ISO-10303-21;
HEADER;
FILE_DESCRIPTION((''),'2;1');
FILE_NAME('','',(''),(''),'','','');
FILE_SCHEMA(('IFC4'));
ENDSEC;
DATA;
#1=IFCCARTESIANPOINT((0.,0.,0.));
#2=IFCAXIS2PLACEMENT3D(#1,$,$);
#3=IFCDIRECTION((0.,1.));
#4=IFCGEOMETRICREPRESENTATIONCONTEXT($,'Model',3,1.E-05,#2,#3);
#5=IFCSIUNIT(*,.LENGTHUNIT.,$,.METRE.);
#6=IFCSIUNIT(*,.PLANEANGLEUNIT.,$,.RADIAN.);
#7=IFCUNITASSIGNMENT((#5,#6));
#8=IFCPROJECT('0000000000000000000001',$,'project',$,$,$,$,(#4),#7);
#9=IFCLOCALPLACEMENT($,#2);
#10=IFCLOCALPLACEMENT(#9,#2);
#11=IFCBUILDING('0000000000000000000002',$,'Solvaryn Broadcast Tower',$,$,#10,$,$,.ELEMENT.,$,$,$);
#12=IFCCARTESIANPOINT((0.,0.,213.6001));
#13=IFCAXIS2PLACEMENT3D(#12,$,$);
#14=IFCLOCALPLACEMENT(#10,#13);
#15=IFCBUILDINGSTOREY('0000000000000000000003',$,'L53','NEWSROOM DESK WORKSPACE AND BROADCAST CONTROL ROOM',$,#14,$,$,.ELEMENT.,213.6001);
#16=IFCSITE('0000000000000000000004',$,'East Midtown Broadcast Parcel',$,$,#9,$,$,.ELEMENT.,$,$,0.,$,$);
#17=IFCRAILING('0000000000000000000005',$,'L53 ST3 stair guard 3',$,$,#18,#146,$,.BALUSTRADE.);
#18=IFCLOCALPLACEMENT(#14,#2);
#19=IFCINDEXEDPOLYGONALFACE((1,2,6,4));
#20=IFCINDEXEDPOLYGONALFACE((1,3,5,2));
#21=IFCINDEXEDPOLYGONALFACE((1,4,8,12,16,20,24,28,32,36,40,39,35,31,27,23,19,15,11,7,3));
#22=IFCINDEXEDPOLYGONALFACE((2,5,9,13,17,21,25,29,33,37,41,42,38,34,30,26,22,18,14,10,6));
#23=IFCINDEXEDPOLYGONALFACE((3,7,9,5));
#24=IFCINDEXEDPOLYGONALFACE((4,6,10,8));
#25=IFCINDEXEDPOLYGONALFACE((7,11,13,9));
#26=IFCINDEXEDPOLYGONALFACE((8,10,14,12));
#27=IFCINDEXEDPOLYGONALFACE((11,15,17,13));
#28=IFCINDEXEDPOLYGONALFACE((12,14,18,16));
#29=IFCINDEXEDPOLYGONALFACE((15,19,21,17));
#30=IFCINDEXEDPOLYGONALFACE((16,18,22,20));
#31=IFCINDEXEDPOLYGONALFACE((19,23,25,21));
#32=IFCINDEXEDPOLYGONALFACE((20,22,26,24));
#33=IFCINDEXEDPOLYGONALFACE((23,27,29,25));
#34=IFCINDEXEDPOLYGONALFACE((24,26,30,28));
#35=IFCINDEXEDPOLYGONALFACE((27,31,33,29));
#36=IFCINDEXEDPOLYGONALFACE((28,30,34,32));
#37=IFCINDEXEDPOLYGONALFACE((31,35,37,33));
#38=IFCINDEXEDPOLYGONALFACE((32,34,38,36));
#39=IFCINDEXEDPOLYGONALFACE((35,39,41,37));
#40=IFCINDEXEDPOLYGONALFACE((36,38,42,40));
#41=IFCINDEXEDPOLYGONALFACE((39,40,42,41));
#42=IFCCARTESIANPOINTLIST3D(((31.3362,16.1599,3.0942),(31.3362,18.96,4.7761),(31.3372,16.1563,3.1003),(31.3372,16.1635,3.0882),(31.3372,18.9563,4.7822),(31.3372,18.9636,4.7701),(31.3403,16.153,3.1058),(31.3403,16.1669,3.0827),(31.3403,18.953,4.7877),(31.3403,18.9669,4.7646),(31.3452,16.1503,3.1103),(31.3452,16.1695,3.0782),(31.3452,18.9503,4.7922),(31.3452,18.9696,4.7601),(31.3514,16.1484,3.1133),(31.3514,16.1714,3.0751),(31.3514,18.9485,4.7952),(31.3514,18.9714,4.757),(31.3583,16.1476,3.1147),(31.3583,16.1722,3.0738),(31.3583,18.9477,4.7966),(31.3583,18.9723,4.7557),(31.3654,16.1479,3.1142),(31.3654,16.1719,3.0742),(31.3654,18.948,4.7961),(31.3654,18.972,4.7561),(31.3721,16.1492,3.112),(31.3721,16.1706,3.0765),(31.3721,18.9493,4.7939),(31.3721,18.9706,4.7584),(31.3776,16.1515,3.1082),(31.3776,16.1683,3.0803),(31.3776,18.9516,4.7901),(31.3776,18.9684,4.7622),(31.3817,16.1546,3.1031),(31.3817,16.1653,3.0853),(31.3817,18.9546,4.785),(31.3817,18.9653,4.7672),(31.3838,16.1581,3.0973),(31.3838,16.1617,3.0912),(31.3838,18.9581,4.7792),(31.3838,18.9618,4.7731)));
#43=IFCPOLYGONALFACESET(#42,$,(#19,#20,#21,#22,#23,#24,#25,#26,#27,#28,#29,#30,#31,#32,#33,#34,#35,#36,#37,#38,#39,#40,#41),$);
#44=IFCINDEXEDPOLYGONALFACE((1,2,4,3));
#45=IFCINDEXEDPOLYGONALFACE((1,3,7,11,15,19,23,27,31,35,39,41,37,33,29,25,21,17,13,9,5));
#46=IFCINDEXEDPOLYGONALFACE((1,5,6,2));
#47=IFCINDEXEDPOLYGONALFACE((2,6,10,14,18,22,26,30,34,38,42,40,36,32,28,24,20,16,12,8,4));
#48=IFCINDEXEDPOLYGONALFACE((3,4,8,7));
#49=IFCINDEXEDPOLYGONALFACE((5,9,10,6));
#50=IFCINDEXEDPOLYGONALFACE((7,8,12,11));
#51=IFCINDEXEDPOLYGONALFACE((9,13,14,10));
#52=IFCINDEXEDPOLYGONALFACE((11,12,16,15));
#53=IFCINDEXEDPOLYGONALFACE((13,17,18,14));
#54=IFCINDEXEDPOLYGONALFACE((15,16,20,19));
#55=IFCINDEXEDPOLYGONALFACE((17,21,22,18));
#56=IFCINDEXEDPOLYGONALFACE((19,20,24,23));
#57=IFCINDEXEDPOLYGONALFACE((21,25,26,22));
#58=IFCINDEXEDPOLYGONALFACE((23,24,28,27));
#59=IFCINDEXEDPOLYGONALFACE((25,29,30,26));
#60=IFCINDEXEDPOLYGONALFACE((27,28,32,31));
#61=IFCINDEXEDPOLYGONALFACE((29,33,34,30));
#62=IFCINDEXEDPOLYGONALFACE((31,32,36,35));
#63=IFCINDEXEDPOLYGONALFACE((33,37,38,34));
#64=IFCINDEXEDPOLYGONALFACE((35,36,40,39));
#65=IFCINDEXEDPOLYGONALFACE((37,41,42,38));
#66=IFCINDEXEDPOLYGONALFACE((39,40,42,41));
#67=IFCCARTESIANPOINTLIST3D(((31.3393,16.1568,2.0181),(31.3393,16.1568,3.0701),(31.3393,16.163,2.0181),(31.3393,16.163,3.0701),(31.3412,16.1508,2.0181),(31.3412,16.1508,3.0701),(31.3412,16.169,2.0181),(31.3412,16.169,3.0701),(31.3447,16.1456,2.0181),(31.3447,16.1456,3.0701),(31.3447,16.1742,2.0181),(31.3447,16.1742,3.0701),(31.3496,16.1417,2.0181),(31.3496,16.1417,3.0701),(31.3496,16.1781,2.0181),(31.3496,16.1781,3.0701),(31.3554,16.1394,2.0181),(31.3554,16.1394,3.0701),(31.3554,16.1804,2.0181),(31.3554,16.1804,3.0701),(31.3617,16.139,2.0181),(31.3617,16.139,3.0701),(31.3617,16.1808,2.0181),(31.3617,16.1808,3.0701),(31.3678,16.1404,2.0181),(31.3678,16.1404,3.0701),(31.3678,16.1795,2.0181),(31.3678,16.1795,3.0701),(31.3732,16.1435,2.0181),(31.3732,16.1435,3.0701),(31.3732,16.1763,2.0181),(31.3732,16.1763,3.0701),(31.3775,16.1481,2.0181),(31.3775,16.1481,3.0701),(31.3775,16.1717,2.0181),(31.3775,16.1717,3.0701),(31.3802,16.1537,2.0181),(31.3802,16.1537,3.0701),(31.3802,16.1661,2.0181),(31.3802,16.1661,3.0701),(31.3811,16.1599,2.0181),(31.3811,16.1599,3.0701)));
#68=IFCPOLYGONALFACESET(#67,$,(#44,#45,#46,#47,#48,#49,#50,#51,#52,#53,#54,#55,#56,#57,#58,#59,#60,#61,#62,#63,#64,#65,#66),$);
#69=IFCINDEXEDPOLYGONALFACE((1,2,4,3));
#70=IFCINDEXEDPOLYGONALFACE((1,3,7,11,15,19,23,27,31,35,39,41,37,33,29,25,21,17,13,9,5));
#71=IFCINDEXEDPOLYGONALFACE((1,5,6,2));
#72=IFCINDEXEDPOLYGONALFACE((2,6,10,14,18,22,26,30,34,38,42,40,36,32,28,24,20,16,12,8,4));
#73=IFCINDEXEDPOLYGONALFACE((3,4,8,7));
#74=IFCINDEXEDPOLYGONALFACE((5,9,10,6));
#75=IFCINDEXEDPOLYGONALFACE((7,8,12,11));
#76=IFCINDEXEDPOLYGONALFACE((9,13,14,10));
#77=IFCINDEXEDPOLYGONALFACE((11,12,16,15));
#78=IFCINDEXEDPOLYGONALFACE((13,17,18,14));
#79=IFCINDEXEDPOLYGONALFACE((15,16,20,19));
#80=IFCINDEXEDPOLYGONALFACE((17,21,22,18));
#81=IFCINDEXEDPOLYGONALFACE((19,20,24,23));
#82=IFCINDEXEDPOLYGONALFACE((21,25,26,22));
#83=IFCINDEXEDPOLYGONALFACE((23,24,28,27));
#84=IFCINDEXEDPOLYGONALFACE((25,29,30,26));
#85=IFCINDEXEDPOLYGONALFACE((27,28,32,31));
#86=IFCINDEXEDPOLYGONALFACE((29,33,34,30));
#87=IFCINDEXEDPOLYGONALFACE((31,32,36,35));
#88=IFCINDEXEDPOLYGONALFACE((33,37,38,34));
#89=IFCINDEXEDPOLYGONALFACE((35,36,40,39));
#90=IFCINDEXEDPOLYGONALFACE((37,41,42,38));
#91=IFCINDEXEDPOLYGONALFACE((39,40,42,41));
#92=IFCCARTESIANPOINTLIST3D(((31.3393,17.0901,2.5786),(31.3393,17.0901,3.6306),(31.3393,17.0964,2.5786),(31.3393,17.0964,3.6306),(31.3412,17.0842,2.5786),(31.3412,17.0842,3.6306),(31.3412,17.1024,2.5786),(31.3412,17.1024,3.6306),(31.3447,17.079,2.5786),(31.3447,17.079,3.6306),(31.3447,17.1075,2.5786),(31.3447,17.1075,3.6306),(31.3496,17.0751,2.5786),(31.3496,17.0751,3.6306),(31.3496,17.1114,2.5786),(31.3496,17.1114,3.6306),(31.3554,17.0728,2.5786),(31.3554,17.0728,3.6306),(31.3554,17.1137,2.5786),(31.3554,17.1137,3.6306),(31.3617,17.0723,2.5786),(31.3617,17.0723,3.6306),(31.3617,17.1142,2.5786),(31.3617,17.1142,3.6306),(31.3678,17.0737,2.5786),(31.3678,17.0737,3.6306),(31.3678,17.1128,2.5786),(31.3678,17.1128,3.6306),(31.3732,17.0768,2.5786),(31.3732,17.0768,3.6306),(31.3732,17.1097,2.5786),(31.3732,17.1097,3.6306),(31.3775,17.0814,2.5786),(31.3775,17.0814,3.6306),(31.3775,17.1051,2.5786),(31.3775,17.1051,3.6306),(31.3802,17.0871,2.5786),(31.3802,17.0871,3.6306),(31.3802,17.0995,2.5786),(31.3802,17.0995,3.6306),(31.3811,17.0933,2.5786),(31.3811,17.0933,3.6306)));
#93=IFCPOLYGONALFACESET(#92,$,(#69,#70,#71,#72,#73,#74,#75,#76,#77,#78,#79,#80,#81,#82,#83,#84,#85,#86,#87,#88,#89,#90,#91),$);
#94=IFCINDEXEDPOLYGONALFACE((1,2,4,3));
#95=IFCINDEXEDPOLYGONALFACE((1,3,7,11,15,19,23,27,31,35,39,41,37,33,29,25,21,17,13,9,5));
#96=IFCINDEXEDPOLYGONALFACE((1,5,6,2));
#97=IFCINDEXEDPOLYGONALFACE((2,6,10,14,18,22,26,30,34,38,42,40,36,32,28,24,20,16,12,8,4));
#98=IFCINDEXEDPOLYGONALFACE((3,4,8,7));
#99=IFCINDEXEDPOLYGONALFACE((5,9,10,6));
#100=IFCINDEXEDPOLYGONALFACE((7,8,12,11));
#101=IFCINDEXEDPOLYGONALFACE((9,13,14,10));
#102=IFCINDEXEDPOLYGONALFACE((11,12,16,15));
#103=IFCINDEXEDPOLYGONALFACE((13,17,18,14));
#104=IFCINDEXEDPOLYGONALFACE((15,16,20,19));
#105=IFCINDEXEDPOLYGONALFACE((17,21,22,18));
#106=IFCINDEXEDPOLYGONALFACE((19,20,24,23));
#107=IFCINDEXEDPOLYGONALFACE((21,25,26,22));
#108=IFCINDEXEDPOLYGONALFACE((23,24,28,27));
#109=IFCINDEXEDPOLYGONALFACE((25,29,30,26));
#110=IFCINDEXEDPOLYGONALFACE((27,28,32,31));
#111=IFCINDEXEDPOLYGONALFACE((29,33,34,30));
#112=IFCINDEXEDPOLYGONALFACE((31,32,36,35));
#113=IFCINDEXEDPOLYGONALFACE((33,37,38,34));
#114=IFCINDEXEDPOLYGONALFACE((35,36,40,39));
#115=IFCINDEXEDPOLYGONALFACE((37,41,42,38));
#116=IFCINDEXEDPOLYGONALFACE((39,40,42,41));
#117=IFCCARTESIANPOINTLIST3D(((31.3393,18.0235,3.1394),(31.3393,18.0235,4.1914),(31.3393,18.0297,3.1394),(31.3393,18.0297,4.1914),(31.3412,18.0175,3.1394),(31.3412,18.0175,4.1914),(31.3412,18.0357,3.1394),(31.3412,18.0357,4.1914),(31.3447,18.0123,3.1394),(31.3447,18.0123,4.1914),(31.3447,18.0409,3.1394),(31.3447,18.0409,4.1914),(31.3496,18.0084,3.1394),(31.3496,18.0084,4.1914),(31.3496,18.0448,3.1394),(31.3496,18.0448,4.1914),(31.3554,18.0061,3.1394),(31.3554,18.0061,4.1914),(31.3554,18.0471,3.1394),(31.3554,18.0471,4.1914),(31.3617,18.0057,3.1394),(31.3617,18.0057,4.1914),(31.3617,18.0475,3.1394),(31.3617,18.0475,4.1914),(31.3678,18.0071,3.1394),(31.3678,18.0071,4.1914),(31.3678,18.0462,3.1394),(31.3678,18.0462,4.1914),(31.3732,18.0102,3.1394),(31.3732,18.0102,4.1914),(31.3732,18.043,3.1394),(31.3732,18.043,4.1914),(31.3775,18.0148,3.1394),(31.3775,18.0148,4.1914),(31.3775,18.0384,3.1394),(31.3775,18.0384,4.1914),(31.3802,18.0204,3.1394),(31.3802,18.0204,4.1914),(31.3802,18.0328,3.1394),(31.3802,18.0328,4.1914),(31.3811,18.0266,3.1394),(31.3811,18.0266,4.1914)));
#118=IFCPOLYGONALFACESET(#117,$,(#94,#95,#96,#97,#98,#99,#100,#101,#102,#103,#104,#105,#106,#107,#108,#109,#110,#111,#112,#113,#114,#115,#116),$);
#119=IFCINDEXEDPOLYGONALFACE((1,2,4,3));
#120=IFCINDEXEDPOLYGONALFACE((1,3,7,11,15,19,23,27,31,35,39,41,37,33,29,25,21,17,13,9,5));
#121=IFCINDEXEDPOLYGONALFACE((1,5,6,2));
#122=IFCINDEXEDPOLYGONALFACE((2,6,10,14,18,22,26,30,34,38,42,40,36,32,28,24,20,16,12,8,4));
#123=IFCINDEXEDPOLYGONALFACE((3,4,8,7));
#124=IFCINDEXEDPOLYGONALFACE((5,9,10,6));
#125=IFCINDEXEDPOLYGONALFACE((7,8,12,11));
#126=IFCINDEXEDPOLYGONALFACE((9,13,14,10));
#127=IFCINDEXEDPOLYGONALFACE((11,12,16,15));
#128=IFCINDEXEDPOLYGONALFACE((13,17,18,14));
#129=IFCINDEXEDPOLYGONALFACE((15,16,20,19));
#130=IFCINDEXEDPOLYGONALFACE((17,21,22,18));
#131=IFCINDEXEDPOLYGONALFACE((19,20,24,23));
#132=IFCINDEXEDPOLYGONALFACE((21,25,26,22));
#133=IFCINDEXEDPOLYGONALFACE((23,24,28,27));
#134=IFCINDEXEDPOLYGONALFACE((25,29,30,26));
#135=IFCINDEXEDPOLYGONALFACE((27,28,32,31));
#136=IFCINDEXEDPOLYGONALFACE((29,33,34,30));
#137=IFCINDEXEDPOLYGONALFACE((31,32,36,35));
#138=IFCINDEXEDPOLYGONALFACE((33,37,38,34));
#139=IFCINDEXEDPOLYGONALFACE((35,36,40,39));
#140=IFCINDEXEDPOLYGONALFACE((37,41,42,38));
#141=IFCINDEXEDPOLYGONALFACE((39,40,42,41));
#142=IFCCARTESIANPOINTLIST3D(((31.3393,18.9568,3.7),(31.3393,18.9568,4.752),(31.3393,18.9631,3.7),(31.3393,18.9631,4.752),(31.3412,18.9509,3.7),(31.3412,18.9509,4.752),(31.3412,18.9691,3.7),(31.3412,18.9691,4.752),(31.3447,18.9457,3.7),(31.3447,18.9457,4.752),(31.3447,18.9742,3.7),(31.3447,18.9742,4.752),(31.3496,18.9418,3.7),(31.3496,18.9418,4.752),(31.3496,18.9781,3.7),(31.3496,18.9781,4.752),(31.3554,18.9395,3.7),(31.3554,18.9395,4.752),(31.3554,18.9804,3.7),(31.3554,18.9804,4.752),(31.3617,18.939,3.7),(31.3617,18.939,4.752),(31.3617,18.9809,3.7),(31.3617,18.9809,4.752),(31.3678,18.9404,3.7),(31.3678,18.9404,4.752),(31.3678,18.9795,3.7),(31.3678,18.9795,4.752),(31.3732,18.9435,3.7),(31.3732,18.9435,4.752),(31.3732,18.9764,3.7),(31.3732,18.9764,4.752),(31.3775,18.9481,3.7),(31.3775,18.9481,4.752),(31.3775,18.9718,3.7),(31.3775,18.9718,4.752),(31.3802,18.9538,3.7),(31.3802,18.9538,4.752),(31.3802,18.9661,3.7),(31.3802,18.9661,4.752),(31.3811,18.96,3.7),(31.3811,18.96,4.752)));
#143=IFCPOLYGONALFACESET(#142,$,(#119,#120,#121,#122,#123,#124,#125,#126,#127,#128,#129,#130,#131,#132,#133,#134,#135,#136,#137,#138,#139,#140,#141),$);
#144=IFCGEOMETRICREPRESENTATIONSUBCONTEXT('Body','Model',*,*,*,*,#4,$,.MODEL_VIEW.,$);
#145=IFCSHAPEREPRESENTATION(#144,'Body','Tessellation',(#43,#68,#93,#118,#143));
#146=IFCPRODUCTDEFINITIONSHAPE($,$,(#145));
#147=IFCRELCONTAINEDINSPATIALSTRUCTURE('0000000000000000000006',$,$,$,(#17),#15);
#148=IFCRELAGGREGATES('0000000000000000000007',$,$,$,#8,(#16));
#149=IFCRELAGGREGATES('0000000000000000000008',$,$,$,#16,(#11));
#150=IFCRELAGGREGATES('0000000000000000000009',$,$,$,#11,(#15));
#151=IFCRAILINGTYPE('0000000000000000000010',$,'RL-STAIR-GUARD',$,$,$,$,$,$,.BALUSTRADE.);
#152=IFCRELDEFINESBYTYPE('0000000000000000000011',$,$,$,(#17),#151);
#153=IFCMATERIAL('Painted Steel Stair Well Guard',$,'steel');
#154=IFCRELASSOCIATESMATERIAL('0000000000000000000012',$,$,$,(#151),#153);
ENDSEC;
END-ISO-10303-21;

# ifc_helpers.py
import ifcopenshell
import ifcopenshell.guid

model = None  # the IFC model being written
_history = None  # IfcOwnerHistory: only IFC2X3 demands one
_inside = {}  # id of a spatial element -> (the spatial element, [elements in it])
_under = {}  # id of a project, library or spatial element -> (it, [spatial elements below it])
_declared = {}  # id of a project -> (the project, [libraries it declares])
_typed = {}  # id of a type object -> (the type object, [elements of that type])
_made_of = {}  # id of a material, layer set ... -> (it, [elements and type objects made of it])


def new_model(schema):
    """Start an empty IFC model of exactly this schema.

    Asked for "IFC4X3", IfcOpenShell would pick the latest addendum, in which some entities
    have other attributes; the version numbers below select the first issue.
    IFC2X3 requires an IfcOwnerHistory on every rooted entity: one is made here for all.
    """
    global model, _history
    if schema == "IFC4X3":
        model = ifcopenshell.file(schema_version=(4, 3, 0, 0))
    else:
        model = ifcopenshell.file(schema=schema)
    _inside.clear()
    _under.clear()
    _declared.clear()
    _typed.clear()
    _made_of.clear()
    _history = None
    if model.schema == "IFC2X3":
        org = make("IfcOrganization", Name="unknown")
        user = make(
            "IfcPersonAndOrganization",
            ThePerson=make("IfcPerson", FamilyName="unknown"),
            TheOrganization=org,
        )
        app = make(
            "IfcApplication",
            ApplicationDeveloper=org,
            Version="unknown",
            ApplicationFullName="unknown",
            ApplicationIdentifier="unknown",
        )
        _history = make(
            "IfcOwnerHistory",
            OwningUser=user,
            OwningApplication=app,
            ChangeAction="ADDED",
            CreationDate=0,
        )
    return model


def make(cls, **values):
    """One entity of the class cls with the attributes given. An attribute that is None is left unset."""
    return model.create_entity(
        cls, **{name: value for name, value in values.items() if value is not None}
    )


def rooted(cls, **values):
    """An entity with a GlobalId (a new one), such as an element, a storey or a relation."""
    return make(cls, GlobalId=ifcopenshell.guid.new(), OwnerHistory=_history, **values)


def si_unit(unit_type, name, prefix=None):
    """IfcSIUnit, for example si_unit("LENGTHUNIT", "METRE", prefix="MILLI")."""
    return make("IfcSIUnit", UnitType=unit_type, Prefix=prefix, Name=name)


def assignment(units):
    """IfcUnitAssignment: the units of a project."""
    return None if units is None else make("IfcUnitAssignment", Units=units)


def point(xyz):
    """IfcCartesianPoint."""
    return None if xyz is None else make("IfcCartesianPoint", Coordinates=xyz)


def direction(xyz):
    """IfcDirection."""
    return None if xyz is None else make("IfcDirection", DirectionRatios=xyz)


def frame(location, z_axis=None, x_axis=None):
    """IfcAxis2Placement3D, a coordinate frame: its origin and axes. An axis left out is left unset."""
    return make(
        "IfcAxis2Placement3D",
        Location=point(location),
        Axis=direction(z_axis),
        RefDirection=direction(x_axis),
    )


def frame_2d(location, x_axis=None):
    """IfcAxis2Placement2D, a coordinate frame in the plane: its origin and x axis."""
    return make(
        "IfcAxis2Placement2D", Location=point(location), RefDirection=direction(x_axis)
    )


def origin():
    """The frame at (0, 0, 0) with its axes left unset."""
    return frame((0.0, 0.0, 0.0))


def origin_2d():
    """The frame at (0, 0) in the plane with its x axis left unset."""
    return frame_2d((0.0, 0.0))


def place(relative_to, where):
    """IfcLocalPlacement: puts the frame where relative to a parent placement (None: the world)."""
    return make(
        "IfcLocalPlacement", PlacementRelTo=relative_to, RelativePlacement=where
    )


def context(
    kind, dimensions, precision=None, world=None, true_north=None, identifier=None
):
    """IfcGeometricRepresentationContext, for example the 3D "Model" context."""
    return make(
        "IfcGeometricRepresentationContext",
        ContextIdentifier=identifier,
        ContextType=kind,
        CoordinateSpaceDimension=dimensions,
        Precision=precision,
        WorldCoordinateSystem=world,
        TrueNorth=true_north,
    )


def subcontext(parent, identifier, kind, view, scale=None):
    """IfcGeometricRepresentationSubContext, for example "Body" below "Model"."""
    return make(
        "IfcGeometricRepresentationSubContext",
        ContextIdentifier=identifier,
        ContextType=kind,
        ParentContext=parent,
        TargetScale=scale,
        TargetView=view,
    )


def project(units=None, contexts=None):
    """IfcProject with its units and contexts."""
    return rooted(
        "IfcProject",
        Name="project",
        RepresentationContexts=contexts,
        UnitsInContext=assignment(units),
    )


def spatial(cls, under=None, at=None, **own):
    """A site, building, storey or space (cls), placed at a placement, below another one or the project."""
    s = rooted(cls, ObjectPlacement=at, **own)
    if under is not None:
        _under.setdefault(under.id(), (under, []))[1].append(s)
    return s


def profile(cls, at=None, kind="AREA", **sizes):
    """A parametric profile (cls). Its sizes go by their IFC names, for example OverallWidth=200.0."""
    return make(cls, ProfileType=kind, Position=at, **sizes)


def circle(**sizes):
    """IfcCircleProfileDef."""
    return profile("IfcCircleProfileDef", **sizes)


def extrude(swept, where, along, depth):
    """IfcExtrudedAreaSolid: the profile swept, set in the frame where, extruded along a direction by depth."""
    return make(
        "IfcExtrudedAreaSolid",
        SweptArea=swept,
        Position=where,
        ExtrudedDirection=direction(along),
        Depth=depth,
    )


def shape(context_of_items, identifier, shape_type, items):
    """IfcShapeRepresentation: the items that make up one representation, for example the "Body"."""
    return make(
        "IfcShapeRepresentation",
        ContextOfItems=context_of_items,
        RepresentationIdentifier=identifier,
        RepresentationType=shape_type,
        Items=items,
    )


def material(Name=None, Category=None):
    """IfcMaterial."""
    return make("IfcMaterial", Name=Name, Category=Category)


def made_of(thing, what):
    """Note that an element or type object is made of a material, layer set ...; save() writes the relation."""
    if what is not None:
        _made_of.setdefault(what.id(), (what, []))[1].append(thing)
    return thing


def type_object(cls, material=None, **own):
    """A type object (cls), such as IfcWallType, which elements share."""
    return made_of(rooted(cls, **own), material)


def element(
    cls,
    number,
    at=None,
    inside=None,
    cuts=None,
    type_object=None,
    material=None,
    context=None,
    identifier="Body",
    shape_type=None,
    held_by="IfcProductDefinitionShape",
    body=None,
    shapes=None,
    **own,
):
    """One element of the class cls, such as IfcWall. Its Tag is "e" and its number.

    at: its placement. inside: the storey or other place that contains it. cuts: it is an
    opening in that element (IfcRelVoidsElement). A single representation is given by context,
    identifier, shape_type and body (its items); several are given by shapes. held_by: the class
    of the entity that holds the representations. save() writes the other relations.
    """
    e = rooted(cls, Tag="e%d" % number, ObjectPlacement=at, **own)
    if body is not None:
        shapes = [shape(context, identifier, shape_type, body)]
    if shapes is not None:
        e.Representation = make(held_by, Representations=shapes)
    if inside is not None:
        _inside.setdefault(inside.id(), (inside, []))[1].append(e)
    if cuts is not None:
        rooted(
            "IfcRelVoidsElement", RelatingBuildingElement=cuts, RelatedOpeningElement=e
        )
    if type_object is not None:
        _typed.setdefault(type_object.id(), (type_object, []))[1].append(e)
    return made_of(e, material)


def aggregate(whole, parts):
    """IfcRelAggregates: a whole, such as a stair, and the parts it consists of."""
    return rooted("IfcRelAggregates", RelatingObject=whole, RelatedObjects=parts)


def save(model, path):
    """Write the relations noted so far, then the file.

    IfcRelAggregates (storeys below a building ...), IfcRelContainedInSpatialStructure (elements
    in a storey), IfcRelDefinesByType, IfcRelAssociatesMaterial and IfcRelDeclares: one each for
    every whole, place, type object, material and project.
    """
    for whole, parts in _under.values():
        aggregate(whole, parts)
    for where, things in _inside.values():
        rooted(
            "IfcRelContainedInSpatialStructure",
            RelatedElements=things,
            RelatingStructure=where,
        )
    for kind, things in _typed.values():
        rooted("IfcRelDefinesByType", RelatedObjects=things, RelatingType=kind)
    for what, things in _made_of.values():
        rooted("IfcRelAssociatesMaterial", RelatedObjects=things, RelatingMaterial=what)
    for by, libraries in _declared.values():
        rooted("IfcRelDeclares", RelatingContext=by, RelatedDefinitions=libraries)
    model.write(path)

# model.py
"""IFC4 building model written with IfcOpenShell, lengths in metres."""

from ifc_helpers import new_model, si_unit, direction, frame, origin, origin_2d, place, context, subcontext, project, spatial, circle, extrude, material, type_object, element, save


model = new_model("IFC4")

# Units and contexts
model_context = context("Model", 3, precision=1e-05, world=origin(), true_north=direction((0.0, 1.0)))
body_context = subcontext(model_context, "Body", "Model", "MODEL_VIEW")
ifc_project = project(units=[si_unit("LENGTHUNIT", "METRE"), si_unit("PLANEANGLEUNIT", "RADIAN")], contexts=[model_context])

# Site, building, storey
site_placement = place(None, origin())
site = spatial("IfcSite", under=ifc_project, at=site_placement, Name="East Midtown Broadcast Parcel", CompositionType="ELEMENT", RefElevation=0.0)
building_placement = place(site_placement, origin())
building = spatial("IfcBuilding", under=site, at=building_placement, Name="Solvaryn Broadcast Tower", CompositionType="ELEMENT")
storey_placement = place(building_placement, frame((0.0, 0.0, 213.6001)))
storey = spatial("IfcBuildingStorey", under=building, at=storey_placement, Name="L53", Description="NEWSROOM DESK WORKSPACE AND BROADCAST CONTROL ROOM", CompositionType="ELEMENT", Elevation=213.6001)

# Railing
ifc_material_1 = material(Name="Painted Steel Stair Well Guard", Category="steel")
railing_type_1 = type_object("IfcRailingType", Name="RL-STAIR-GUARD", PredefinedType="BALUSTRADE", material=ifc_material_1)
railing_1_placement = place(storey_placement, frame((31.3601, 16.1599, 2.0181)))
element("IfcRailing", 1, at=railing_1_placement, inside=storey, type_object=railing_type_1, Name="L53 ST3 stair guard 3", PredefinedType="BALUSTRADE", context=body_context, shape_type="SweptSolid", body=[
    extrude(circle(Radius=0.0239, at=origin_2d()), frame((0.0, 0.0, 1.0762), z_axis=(0.0, 0.857242, 0.514913), x_axis=(-1.0, 0.0, 0.0)), (0.0, 0.0, 1.0), 3.2664),
    extrude(circle(Radius=0.021, at=origin_2d()), origin(), (0.0, 0.0, 1.0), 1.052),
    extrude(circle(Radius=0.021, at=origin_2d()), frame((0.0, 0.9333, 0.5605)), (0.0, 0.0, 1.0), 1.052),
    extrude(circle(Radius=0.021, at=origin_2d()), frame((0.0, 1.8667, 1.1213)), (0.0, 0.0, 1.0), 1.052),
    extrude(circle(Radius=0.021, at=origin_2d()), frame((0.0, 2.8, 1.6819)), (0.0, 0.0, 1.0), 1.052),
])

save(model, "model.ifc")
